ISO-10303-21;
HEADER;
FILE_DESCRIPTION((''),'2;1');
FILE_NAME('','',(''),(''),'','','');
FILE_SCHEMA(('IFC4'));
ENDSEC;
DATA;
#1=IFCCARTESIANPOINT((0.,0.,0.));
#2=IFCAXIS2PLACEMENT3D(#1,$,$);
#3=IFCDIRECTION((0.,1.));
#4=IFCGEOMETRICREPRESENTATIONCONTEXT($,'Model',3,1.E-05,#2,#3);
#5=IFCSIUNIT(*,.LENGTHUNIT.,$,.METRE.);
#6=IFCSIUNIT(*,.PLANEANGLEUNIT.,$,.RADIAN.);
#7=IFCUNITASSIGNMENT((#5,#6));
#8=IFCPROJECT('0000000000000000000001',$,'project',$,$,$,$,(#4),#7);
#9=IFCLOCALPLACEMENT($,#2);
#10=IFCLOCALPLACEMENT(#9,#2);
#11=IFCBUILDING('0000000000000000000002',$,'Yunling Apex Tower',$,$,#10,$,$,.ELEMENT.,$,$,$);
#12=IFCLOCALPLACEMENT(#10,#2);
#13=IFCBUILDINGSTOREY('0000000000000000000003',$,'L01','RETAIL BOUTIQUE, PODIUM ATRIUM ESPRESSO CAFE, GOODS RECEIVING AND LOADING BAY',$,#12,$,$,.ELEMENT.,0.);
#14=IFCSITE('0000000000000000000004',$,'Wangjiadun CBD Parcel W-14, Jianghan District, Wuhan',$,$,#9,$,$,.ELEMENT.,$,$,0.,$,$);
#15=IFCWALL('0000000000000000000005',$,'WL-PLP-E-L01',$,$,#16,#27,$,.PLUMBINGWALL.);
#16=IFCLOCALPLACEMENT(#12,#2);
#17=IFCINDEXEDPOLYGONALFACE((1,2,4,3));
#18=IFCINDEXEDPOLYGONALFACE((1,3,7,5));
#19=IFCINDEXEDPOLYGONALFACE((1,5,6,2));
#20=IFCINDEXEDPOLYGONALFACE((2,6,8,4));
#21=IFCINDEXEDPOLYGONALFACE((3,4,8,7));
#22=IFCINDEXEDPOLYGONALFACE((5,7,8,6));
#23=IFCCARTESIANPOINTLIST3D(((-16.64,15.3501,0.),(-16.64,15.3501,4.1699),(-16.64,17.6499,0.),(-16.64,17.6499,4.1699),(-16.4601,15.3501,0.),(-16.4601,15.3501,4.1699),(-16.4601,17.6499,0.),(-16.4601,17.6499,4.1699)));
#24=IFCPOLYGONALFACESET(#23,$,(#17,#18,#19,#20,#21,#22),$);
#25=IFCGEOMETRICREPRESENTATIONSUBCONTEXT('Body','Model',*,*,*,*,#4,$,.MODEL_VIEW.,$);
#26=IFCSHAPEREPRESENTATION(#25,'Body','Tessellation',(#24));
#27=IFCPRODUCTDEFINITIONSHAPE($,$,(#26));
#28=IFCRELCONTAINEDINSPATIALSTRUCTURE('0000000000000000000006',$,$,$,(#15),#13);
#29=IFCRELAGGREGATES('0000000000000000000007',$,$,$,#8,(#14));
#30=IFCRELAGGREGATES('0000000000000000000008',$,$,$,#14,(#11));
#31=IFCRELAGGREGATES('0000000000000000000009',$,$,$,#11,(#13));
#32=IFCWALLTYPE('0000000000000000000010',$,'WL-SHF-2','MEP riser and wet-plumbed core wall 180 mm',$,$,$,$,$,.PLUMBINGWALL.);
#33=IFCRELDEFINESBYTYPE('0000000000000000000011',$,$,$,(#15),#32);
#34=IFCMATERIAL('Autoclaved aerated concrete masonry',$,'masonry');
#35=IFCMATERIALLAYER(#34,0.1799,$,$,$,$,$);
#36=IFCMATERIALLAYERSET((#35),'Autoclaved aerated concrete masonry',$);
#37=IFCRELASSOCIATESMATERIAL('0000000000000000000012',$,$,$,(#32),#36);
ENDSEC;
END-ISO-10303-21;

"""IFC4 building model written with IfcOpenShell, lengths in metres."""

from ifc_helpers import new_model, si_unit, direction, frame, frame_2d, origin, place, context, subcontext, project, spatial, rectangle, extrude, material, layer, layer_set, type_object, element, save


model = new_model("IFC4")

# Units and contexts
model_context = context("Model", 3, precision=1e-05, world=origin(), true_north=direction((0.0, 1.0)))
body_context = subcontext(model_context, "Body", "Model", "MODEL_VIEW")
ifc_project = project(units=[si_unit("LENGTHUNIT", "METRE"), si_unit("PLANEANGLEUNIT", "RADIAN")], contexts=[model_context])

# Site, building, storey
site_placement = place(None, origin())
site = spatial("IfcSite", under=ifc_project, at=site_placement, Name="Wangjiadun CBD Parcel W-14, Jianghan District, Wuhan", CompositionType="ELEMENT", RefElevation=0.0)
building_placement = place(site_placement, origin())
building = spatial("IfcBuilding", under=site, at=building_placement, Name="Yunling Apex Tower", CompositionType="ELEMENT")
storey_placement = place(building_placement, origin())
storey = spatial("IfcBuildingStorey", under=building, at=storey_placement, Name="L01", Description="RETAIL BOUTIQUE, PODIUM ATRIUM ESPRESSO CAFE, GOODS RECEIVING AND LOADING BAY", CompositionType="ELEMENT", Elevation=0.0)

# Shared definitions
ifc_material_1 = material(Name="Autoclaved aerated concrete masonry", Category="masonry")
ifc_layer_1 = layer(ifc_material_1, 0.1799)
ifc_layer_set_1 = layer_set([ifc_layer_1], Name="Autoclaved aerated concrete masonry")
wall_type_1 = type_object("IfcWallType", Name="WL-SHF-2", Description="MEP riser and wet-plumbed core wall 180 mm", PredefinedType="PLUMBINGWALL", material=ifc_layer_set_1)

# Wall
for number, where, z_axis, x_axis, name in (
    (1, (-16.55, 15.3501, 0.0), (0.0, 0.0, 1.0), (0.0, 1.0, 0.0), "WL-PLP-E-L01"),
):
    element("IfcWall", number, at=place(storey_placement, frame(where, z_axis=z_axis, x_axis=x_axis)), inside=storey, type_object=wall_type_1, Name=name, PredefinedType="PLUMBINGWALL", context=body_context, shape_type="SweptSolid", body=[
        extrude(rectangle(XDim=2.2998, YDim=0.1799, at=frame_2d((1.1499, 0.0))), origin(), (0.0, 0.0, 1.0), 4.1699),
    ])

save(model, "model.ifc")
